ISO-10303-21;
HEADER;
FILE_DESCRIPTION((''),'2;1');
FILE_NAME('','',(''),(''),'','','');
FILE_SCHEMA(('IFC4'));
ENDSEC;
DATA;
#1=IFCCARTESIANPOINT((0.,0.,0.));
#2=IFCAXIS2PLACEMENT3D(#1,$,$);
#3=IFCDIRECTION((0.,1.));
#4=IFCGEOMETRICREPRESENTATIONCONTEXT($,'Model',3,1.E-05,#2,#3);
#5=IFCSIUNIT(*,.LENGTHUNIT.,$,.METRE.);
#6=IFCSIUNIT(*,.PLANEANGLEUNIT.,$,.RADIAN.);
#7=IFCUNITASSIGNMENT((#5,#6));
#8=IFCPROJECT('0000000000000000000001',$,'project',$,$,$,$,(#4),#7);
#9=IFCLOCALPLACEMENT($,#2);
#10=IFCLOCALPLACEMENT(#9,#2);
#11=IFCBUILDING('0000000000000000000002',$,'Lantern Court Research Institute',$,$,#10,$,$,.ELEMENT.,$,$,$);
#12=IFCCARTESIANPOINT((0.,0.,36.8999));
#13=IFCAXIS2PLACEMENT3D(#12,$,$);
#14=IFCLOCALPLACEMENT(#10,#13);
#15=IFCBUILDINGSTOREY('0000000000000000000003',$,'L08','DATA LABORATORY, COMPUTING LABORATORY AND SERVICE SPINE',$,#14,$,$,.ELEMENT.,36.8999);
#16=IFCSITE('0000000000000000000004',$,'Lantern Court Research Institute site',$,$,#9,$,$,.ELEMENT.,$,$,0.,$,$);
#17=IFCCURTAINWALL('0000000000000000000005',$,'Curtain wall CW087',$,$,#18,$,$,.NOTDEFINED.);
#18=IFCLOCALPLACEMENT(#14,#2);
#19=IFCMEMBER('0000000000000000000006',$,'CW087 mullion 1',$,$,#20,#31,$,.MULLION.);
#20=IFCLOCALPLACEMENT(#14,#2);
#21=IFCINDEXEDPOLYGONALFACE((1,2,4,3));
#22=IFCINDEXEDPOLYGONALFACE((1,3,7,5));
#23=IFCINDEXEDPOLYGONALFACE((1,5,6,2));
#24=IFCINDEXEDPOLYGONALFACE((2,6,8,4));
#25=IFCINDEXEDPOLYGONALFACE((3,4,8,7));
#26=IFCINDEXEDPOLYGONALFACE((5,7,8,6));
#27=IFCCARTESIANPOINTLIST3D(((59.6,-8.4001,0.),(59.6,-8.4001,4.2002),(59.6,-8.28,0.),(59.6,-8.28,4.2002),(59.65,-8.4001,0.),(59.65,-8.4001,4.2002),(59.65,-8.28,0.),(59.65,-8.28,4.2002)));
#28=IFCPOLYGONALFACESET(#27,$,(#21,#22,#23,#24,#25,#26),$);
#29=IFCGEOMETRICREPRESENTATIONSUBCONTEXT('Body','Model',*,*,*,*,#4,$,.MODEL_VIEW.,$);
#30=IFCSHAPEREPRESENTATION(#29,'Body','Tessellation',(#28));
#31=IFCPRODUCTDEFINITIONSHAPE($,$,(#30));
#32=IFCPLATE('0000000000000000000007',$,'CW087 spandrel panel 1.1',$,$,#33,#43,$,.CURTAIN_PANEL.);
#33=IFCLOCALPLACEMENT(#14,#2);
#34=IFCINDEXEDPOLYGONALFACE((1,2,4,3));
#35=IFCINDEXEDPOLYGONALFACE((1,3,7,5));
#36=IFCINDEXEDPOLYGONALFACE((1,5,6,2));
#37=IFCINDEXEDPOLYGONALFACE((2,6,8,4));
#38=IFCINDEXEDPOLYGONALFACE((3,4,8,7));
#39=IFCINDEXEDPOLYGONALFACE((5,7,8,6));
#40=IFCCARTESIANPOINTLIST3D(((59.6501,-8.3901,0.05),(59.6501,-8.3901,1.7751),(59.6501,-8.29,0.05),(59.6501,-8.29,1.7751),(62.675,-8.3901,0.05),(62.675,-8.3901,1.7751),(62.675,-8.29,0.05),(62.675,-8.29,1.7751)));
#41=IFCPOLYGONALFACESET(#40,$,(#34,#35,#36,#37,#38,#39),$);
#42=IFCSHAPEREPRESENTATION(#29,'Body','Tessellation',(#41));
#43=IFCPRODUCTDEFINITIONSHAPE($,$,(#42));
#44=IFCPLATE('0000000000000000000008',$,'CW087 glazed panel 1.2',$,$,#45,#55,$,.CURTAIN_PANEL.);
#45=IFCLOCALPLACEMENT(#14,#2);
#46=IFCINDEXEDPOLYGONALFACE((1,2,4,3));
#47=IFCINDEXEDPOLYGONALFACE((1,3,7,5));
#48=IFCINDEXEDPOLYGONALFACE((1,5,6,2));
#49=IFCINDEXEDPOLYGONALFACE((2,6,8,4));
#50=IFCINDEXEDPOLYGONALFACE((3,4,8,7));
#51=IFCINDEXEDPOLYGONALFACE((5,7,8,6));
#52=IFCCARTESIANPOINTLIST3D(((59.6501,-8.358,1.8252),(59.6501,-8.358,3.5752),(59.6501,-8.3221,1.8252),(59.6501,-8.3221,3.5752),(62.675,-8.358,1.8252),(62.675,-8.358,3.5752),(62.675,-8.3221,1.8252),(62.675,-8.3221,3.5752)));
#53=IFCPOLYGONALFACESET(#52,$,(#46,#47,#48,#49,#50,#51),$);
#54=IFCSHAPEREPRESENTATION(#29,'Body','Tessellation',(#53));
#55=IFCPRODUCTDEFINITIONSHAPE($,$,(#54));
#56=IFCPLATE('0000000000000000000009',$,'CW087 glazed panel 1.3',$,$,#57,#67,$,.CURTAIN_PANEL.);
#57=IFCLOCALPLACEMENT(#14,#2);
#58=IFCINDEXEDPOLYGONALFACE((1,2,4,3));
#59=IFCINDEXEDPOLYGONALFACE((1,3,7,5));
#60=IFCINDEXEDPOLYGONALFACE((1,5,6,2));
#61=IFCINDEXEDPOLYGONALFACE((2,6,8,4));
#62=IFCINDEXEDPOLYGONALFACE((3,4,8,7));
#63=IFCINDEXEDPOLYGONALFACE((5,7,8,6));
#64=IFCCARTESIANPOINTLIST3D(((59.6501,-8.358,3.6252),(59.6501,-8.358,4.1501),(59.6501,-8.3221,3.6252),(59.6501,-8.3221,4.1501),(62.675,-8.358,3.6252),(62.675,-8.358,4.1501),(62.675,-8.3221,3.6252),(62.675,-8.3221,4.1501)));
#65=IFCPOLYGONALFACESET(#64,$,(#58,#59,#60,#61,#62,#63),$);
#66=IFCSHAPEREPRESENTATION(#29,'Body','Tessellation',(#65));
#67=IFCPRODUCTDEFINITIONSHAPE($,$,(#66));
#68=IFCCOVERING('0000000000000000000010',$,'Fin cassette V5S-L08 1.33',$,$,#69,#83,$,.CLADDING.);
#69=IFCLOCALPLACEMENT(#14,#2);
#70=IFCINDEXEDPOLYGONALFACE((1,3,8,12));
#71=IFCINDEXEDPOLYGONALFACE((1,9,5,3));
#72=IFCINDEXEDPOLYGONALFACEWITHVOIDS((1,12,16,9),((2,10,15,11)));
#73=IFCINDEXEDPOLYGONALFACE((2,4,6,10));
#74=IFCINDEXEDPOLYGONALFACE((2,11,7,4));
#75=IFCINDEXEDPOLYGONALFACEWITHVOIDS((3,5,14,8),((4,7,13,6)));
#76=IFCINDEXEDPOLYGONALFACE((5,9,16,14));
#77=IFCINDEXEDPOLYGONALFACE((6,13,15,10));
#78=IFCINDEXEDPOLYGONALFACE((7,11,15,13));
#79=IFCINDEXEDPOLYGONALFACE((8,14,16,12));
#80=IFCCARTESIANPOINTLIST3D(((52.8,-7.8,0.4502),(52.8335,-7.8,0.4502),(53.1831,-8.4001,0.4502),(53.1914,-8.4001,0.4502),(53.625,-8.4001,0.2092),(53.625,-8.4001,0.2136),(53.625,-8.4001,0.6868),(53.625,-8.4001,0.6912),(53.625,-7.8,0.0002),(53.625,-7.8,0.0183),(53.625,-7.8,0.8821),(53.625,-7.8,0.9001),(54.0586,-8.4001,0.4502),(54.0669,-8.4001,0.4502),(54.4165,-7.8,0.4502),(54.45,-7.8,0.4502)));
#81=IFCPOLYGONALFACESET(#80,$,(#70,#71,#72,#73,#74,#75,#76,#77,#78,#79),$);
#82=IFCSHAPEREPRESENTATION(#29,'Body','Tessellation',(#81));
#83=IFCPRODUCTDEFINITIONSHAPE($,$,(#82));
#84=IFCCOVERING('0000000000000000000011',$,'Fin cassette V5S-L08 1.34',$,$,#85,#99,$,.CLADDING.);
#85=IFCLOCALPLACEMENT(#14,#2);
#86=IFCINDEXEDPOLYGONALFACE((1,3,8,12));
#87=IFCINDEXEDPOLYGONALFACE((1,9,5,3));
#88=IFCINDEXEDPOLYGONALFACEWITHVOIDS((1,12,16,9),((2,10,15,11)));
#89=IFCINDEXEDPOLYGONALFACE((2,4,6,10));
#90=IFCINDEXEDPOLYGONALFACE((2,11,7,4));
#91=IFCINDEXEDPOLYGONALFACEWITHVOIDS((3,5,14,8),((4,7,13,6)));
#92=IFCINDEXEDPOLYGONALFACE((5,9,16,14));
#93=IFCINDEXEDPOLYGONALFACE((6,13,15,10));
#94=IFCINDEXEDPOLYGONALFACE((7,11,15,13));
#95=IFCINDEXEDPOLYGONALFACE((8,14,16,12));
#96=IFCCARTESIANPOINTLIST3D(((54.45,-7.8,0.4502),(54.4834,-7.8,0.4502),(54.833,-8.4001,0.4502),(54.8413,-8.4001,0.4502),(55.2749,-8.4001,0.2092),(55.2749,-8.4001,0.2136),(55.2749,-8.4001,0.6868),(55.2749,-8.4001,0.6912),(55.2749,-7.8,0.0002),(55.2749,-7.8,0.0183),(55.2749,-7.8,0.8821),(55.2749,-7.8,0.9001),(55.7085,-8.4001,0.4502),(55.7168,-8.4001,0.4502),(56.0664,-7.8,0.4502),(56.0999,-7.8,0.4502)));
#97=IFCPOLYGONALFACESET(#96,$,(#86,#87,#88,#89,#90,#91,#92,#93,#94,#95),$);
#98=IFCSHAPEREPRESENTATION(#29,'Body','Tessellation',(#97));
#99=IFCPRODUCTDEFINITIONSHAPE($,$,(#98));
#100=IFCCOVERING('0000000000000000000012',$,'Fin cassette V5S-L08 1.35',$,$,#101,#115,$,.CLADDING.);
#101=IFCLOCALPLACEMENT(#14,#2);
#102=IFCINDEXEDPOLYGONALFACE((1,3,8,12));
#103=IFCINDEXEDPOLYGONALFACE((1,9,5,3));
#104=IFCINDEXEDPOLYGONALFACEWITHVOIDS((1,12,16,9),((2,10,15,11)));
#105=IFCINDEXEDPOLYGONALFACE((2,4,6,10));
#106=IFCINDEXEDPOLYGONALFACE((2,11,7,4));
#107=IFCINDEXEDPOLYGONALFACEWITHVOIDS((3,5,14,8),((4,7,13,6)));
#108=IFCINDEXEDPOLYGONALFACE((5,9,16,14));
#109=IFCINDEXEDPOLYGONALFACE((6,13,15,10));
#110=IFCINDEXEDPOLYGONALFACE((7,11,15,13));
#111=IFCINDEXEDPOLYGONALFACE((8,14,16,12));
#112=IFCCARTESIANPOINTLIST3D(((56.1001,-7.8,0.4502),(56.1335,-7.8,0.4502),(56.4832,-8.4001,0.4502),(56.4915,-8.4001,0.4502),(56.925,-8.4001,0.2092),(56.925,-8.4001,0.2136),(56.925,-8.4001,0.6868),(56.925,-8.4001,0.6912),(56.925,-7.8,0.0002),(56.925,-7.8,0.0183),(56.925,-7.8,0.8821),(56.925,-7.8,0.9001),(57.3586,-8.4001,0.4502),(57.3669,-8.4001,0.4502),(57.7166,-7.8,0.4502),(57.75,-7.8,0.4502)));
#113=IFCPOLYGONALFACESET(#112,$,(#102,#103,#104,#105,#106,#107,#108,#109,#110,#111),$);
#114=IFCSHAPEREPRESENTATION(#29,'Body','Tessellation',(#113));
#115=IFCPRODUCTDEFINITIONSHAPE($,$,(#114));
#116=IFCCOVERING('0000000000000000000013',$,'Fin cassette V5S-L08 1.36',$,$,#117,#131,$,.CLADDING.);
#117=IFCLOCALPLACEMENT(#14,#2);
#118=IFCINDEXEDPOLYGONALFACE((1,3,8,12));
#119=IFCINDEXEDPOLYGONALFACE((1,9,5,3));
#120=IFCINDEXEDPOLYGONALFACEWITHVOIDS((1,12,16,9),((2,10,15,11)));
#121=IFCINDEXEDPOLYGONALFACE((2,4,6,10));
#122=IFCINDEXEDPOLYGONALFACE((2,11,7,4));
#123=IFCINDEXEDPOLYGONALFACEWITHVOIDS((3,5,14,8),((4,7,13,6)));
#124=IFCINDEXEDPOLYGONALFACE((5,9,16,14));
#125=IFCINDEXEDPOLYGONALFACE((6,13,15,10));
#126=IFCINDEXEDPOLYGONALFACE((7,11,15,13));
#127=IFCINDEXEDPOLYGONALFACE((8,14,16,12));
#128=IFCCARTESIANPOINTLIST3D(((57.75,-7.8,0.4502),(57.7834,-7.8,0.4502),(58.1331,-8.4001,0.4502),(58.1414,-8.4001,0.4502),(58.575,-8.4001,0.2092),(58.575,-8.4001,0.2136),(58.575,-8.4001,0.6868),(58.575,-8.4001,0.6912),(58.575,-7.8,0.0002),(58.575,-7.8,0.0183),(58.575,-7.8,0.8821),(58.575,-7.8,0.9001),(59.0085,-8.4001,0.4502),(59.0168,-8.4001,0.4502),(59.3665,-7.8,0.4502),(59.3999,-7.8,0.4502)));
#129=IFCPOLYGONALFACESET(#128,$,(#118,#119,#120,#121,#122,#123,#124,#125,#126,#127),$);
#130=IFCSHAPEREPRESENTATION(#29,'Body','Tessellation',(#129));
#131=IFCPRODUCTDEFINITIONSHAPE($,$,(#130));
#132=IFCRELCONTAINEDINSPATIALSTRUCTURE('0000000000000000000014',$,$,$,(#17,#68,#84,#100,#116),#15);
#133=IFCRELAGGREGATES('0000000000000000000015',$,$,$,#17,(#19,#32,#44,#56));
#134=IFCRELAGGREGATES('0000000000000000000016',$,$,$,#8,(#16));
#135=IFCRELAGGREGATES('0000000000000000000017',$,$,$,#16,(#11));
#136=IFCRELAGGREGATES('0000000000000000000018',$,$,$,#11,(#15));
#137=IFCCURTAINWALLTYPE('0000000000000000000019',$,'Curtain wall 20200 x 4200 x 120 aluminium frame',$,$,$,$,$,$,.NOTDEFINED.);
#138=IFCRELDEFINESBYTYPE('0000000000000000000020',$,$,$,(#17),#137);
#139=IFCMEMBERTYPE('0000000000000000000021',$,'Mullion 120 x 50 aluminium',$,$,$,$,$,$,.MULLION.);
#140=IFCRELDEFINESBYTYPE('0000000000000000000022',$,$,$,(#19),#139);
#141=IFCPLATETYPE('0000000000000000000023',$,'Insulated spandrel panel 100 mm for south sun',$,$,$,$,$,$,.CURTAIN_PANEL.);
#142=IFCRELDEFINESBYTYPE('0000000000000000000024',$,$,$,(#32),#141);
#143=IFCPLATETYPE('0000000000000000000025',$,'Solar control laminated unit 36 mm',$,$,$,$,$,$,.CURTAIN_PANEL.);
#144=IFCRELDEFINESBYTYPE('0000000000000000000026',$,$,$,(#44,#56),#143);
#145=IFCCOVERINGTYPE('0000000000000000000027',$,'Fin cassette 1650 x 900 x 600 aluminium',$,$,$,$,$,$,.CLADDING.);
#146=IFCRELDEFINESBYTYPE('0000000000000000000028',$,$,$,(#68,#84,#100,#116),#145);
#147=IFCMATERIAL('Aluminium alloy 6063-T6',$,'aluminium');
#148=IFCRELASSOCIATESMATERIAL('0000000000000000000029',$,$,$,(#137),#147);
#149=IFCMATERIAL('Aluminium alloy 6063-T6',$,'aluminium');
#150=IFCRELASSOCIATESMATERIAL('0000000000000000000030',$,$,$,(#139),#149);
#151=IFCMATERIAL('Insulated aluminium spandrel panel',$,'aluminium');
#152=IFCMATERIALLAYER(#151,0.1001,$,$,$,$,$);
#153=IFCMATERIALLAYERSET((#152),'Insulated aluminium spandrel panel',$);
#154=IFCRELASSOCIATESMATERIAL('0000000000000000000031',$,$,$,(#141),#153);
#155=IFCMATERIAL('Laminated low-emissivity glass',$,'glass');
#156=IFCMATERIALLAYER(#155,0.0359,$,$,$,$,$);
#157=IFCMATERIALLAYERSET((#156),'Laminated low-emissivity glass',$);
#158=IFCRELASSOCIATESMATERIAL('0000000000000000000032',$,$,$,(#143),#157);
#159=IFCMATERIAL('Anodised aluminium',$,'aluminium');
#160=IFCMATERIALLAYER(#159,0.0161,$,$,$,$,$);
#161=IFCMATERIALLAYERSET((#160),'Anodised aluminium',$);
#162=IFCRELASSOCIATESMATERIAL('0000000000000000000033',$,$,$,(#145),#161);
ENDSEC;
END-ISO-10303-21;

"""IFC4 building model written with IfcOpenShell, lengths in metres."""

from ifc_helpers import new_model, entity, si_unit, direction, frame, origin, origin_2d, place, context, subcontext, project, spatial, rectangle, extrude, material, layer, layer_set, material_profile, profile_set, type_object, element, aggregate, save


model = new_model("IFC4")

# Units and contexts
model_context = context("Model", 3, precision=1e-05, world=origin(), true_north=direction((0.0, 1.0)))
body_context = subcontext(model_context, "Body", "Model", "MODEL_VIEW")
ifc_project = project(units=[si_unit("LENGTHUNIT", "METRE"), si_unit("PLANEANGLEUNIT", "RADIAN")], contexts=[model_context])

# Site, building, storey
site_placement = place(None, origin())
site = spatial("IfcSite", under=ifc_project, at=site_placement, Name="Lantern Court Research Institute site", CompositionType="ELEMENT", RefElevation=0.0)
building_placement = place(site_placement, origin())
building = spatial("IfcBuilding", under=site, at=building_placement, Name="Lantern Court Research Institute", CompositionType="ELEMENT")
storey_placement = place(building_placement, frame((0.0, 0.0, 36.8999)))
storey = spatial("IfcBuildingStorey", under=building, at=storey_placement, Name="L08", Description="DATA LABORATORY, COMPUTING LABORATORY AND SERVICE SPINE", CompositionType="ELEMENT", Elevation=36.8999)

# Curtain wall, member, plates
ifc_material_1 = material(Name="Aluminium alloy 6063-T6", Category="aluminium")
curtain_wall_type = type_object("IfcCurtainWallType", Name="Curtain wall 20200 x 4200 x 120 aluminium frame", PredefinedType="NOTDEFINED", material=ifc_material_1)
curtain_wall_placement = place(storey_placement, origin())
curtain_wall = element("IfcCurtainWall", 1, at=curtain_wall_placement, inside=storey, type_object=curtain_wall_type, Name="Curtain wall CW087", PredefinedType="NOTDEFINED")
ifc_material_2 = material(Name="Aluminium alloy 6063-T6", Category="aluminium")
ifc_material_profile = material_profile(ifc_material_2, rectangle(XDim=0.1201, YDim=0.05, at=origin_2d()), Name="Mullion 120 x 50")
ifc_profile_set = profile_set([ifc_material_profile], Name="Aluminium alloy 6063-T6")
member_type = type_object("IfcMemberType", Name="Mullion 120 x 50 aluminium", PredefinedType="MULLION", material=ifc_profile_set)
member_placement = place(storey_placement, frame((59.625, -8.3401, 0.0), z_axis=(0.0, 0.0, 1.0), x_axis=(0.0, -1.0, 0.0)))
member = element("IfcMember", 2, at=member_placement, type_object=member_type, Name="CW087 mullion 1", PredefinedType="MULLION", context=body_context, shape_type="SweptSolid", body=[
    extrude(rectangle(XDim=0.1201, YDim=0.05, at=origin_2d()), origin(), (0.0, 0.0, 1.0), 4.2002),
])
ifc_material_3 = material(Name="Insulated aluminium spandrel panel", Category="aluminium")
ifc_layer_1 = layer(ifc_material_3, 0.1001)
ifc_layer_set_1 = layer_set([ifc_layer_1], Name="Insulated aluminium spandrel panel")
plate_type_1 = type_object("IfcPlateType", Name="Insulated spandrel panel 100 mm for south sun", PredefinedType="CURTAIN_PANEL", material=ifc_layer_set_1)
plate_1_placement = place(storey_placement, frame((61.1626, -8.3401, 0.05), z_axis=(0.0, 0.0, 1.0), x_axis=(-1.0, 0.0, 0.0)))
plate_1 = element("IfcPlate", 3, at=plate_1_placement, type_object=plate_type_1, Name="CW087 spandrel panel 1.1", PredefinedType="CURTAIN_PANEL", context=body_context, shape_type="SweptSolid", body=[
    extrude(rectangle(XDim=3.0249, YDim=0.1001, at=origin_2d()), origin(), (0.0, 0.0, 1.0), 1.7251),
])
ifc_material_4 = material(Name="Laminated low-emissivity glass", Category="glass")
ifc_layer_2 = layer(ifc_material_4, 0.0359)
ifc_layer_set_2 = layer_set([ifc_layer_2], Name="Laminated low-emissivity glass")
plate_type_2 = type_object("IfcPlateType", Name="Solar control laminated unit 36 mm", PredefinedType="CURTAIN_PANEL", material=ifc_layer_set_2)
plate_2_placement = place(storey_placement, frame((61.1626, -8.3401, 1.8252), z_axis=(0.0, 0.0, 1.0), x_axis=(-1.0, 0.0, 0.0)))
plate_2 = element("IfcPlate", 4, at=plate_2_placement, type_object=plate_type_2, Name="CW087 glazed panel 1.2", PredefinedType="CURTAIN_PANEL", context=body_context, shape_type="SweptSolid", body=[
    extrude(rectangle(XDim=3.0249, YDim=0.0359, at=origin_2d()), origin(), (0.0, 0.0, 1.0), 1.75),
])
plate_3_placement = place(storey_placement, frame((61.1626, -8.3401, 3.6252), z_axis=(0.0, 0.0, 1.0), x_axis=(-1.0, 0.0, 0.0)))
plate_3 = element("IfcPlate", 5, at=plate_3_placement, type_object=plate_type_2, Name="CW087 glazed panel 1.3", PredefinedType="CURTAIN_PANEL", context=body_context, shape_type="SweptSolid", body=[
    extrude(rectangle(XDim=3.0249, YDim=0.0359, at=origin_2d()), origin(), (0.0, 0.0, 1.0), 0.5249),
])
aggregate(curtain_wall, [member, plate_1, plate_2, plate_3])

# Coverings
ifc_material_5 = material(Name="Anodised aluminium", Category="aluminium")
ifc_layer_3 = layer(ifc_material_5, 0.0161)
ifc_layer_set_3 = layer_set([ifc_layer_3], Name="Anodised aluminium")
covering_type = type_object("IfcCoveringType", Name="Fin cassette 1650 x 900 x 600 aluminium", PredefinedType="CLADDING", material=ifc_layer_set_3)
covering_1_placement = place(storey_placement, frame((53.625, -7.8, 0.4502), z_axis=(0.0, -1.0, 0.0), x_axis=(1.0, 0.0, 0.0)))
cartesian_point_1 = entity("IfcCartesianPoint", [0.825, 0.0])
cartesian_point_2 = entity("IfcCartesianPoint", [0.7915, 0.0])
cartesian_point_3 = entity("IfcCartesianPoint", [0.4419, 0.0])
cartesian_point_4 = entity("IfcCartesianPoint", [0.4336, 0.0])
element("IfcCovering", 6, at=covering_1_placement, inside=storey, type_object=covering_type, Name="Fin cassette V5S-L08 1.33", PredefinedType="CLADDING", context=body_context, shape_type="SweptSolid", body=[
    entity("IfcExtrudedAreaSolidTapered", entity("IfcArbitraryProfileDefWithVoids", "AREA", None, entity("IfcPolyline", [cartesian_point_1, entity("IfcCartesianPoint", [0.0, 0.45]), entity("IfcCartesianPoint", [-0.825, 0.0]), entity("IfcCartesianPoint", [0.0, -0.45]), cartesian_point_1]), [entity("IfcPolyline", [cartesian_point_2, entity("IfcCartesianPoint", [0.0, 0.4319]), entity("IfcCartesianPoint", [-0.7915, 0.0]), entity("IfcCartesianPoint", [0.0, -0.4319]), cartesian_point_2])]), entity("IfcAxis2Placement3D", entity("IfcCartesianPoint", [0.0, 0.0, 0.0])), entity("IfcDirection", [0.0, 0.0, 1.0]), 0.6001, entity("IfcArbitraryProfileDefWithVoids", "AREA", None, entity("IfcPolyline", [cartesian_point_3, entity("IfcCartesianPoint", [0.0, 0.241]), entity("IfcCartesianPoint", [-0.4419, 0.0]), entity("IfcCartesianPoint", [0.0, -0.241]), cartesian_point_3]), [entity("IfcPolyline", [cartesian_point_4, entity("IfcCartesianPoint", [0.0, 0.2366]), entity("IfcCartesianPoint", [-0.4336, 0.0]), entity("IfcCartesianPoint", [0.0, -0.2366]), cartesian_point_4])])),
])
covering_2_placement = place(storey_placement, frame((55.2749, -7.8, 0.4502), z_axis=(0.0, -1.0, 0.0), x_axis=(1.0, 0.0, 0.0)))
cartesian_point_5 = entity("IfcCartesianPoint", [0.825, 0.0])
cartesian_point_6 = entity("IfcCartesianPoint", [0.7915, 0.0])
cartesian_point_7 = entity("IfcCartesianPoint", [0.4419, 0.0])
cartesian_point_8 = entity("IfcCartesianPoint", [0.4336, 0.0])
element("IfcCovering", 7, at=covering_2_placement, inside=storey, type_object=covering_type, Name="Fin cassette V5S-L08 1.34", PredefinedType="CLADDING", context=body_context, shape_type="SweptSolid", body=[
    entity("IfcExtrudedAreaSolidTapered", entity("IfcArbitraryProfileDefWithVoids", "AREA", None, entity("IfcPolyline", [cartesian_point_5, entity("IfcCartesianPoint", [0.0, 0.45]), entity("IfcCartesianPoint", [-0.825, 0.0]), entity("IfcCartesianPoint", [0.0, -0.45]), cartesian_point_5]), [entity("IfcPolyline", [cartesian_point_6, entity("IfcCartesianPoint", [0.0, 0.4319]), entity("IfcCartesianPoint", [-0.7915, 0.0]), entity("IfcCartesianPoint", [0.0, -0.4319]), cartesian_point_6])]), entity("IfcAxis2Placement3D", entity("IfcCartesianPoint", [0.0, 0.0, 0.0])), entity("IfcDirection", [0.0, 0.0, 1.0]), 0.6001, entity("IfcArbitraryProfileDefWithVoids", "AREA", None, entity("IfcPolyline", [cartesian_point_7, entity("IfcCartesianPoint", [0.0, 0.241]), entity("IfcCartesianPoint", [-0.4419, 0.0]), entity("IfcCartesianPoint", [0.0, -0.241]), cartesian_point_7]), [entity("IfcPolyline", [cartesian_point_8, entity("IfcCartesianPoint", [0.0, 0.2366]), entity("IfcCartesianPoint", [-0.4336, 0.0]), entity("IfcCartesianPoint", [0.0, -0.2366]), cartesian_point_8])])),
])
covering_3_placement = place(storey_placement, frame((56.925, -7.8, 0.4502), z_axis=(0.0, -1.0, 0.0), x_axis=(1.0, 0.0, 0.0)))
cartesian_point_9 = entity("IfcCartesianPoint", [0.825, 0.0])
cartesian_point_10 = entity("IfcCartesianPoint", [0.7915, 0.0])
cartesian_point_11 = entity("IfcCartesianPoint", [0.4419, 0.0])
cartesian_point_12 = entity("IfcCartesianPoint", [0.4336, 0.0])
element("IfcCovering", 8, at=covering_3_placement, inside=storey, type_object=covering_type, Name="Fin cassette V5S-L08 1.35", PredefinedType="CLADDING", context=body_context, shape_type="SweptSolid", body=[
    entity("IfcExtrudedAreaSolidTapered", entity("IfcArbitraryProfileDefWithVoids", "AREA", None, entity("IfcPolyline", [cartesian_point_9, entity("IfcCartesianPoint", [0.0, 0.45]), entity("IfcCartesianPoint", [-0.825, 0.0]), entity("IfcCartesianPoint", [0.0, -0.45]), cartesian_point_9]), [entity("IfcPolyline", [cartesian_point_10, entity("IfcCartesianPoint", [0.0, 0.4319]), entity("IfcCartesianPoint", [-0.7915, 0.0]), entity("IfcCartesianPoint", [0.0, -0.4319]), cartesian_point_10])]), entity("IfcAxis2Placement3D", entity("IfcCartesianPoint", [0.0, 0.0, 0.0])), entity("IfcDirection", [0.0, 0.0, 1.0]), 0.6001, entity("IfcArbitraryProfileDefWithVoids", "AREA", None, entity("IfcPolyline", [cartesian_point_11, entity("IfcCartesianPoint", [0.0, 0.241]), entity("IfcCartesianPoint", [-0.4419, 0.0]), entity("IfcCartesianPoint", [0.0, -0.241]), cartesian_point_11]), [entity("IfcPolyline", [cartesian_point_12, entity("IfcCartesianPoint", [0.0, 0.2366]), entity("IfcCartesianPoint", [-0.4336, 0.0]), entity("IfcCartesianPoint", [0.0, -0.2366]), cartesian_point_12])])),
])
covering_4_placement = place(storey_placement, frame((58.575, -7.8, 0.4502), z_axis=(0.0, -1.0, 0.0), x_axis=(1.0, 0.0, 0.0)))
cartesian_point_13 = entity("IfcCartesianPoint", [0.825, 0.0])
cartesian_point_14 = entity("IfcCartesianPoint", [0.7915, 0.0])
cartesian_point_15 = entity("IfcCartesianPoint", [0.4419, 0.0])
cartesian_point_16 = entity("IfcCartesianPoint", [0.4336, 0.0])
element("IfcCovering", 9, at=covering_4_placement, inside=storey, type_object=covering_type, Name="Fin cassette V5S-L08 1.36", PredefinedType="CLADDING", context=body_context, shape_type="SweptSolid", body=[
    entity("IfcExtrudedAreaSolidTapered", entity("IfcArbitraryProfileDefWithVoids", "AREA", None, entity("IfcPolyline", [cartesian_point_13, entity("IfcCartesianPoint", [0.0, 0.45]), entity("IfcCartesianPoint", [-0.825, 0.0]), entity("IfcCartesianPoint", [0.0, -0.45]), cartesian_point_13]), [entity("IfcPolyline", [cartesian_point_14, entity("IfcCartesianPoint", [0.0, 0.4319]), entity("IfcCartesianPoint", [-0.7915, 0.0]), entity("IfcCartesianPoint", [0.0, -0.4319]), cartesian_point_14])]), entity("IfcAxis2Placement3D", entity("IfcCartesianPoint", [0.0, 0.0, 0.0])), entity("IfcDirection", [0.0, 0.0, 1.0]), 0.6001, entity("IfcArbitraryProfileDefWithVoids", "AREA", None, entity("IfcPolyline", [cartesian_point_15, entity("IfcCartesianPoint", [0.0, 0.241]), entity("IfcCartesianPoint", [-0.4419, 0.0]), entity("IfcCartesianPoint", [0.0, -0.241]), cartesian_point_15]), [entity("IfcPolyline", [cartesian_point_16, entity("IfcCartesianPoint", [0.0, 0.2366]), entity("IfcCartesianPoint", [-0.4336, 0.0]), entity("IfcCartesianPoint", [0.0, -0.2366]), cartesian_point_16])])),
])

save(model, "model.ifc")
